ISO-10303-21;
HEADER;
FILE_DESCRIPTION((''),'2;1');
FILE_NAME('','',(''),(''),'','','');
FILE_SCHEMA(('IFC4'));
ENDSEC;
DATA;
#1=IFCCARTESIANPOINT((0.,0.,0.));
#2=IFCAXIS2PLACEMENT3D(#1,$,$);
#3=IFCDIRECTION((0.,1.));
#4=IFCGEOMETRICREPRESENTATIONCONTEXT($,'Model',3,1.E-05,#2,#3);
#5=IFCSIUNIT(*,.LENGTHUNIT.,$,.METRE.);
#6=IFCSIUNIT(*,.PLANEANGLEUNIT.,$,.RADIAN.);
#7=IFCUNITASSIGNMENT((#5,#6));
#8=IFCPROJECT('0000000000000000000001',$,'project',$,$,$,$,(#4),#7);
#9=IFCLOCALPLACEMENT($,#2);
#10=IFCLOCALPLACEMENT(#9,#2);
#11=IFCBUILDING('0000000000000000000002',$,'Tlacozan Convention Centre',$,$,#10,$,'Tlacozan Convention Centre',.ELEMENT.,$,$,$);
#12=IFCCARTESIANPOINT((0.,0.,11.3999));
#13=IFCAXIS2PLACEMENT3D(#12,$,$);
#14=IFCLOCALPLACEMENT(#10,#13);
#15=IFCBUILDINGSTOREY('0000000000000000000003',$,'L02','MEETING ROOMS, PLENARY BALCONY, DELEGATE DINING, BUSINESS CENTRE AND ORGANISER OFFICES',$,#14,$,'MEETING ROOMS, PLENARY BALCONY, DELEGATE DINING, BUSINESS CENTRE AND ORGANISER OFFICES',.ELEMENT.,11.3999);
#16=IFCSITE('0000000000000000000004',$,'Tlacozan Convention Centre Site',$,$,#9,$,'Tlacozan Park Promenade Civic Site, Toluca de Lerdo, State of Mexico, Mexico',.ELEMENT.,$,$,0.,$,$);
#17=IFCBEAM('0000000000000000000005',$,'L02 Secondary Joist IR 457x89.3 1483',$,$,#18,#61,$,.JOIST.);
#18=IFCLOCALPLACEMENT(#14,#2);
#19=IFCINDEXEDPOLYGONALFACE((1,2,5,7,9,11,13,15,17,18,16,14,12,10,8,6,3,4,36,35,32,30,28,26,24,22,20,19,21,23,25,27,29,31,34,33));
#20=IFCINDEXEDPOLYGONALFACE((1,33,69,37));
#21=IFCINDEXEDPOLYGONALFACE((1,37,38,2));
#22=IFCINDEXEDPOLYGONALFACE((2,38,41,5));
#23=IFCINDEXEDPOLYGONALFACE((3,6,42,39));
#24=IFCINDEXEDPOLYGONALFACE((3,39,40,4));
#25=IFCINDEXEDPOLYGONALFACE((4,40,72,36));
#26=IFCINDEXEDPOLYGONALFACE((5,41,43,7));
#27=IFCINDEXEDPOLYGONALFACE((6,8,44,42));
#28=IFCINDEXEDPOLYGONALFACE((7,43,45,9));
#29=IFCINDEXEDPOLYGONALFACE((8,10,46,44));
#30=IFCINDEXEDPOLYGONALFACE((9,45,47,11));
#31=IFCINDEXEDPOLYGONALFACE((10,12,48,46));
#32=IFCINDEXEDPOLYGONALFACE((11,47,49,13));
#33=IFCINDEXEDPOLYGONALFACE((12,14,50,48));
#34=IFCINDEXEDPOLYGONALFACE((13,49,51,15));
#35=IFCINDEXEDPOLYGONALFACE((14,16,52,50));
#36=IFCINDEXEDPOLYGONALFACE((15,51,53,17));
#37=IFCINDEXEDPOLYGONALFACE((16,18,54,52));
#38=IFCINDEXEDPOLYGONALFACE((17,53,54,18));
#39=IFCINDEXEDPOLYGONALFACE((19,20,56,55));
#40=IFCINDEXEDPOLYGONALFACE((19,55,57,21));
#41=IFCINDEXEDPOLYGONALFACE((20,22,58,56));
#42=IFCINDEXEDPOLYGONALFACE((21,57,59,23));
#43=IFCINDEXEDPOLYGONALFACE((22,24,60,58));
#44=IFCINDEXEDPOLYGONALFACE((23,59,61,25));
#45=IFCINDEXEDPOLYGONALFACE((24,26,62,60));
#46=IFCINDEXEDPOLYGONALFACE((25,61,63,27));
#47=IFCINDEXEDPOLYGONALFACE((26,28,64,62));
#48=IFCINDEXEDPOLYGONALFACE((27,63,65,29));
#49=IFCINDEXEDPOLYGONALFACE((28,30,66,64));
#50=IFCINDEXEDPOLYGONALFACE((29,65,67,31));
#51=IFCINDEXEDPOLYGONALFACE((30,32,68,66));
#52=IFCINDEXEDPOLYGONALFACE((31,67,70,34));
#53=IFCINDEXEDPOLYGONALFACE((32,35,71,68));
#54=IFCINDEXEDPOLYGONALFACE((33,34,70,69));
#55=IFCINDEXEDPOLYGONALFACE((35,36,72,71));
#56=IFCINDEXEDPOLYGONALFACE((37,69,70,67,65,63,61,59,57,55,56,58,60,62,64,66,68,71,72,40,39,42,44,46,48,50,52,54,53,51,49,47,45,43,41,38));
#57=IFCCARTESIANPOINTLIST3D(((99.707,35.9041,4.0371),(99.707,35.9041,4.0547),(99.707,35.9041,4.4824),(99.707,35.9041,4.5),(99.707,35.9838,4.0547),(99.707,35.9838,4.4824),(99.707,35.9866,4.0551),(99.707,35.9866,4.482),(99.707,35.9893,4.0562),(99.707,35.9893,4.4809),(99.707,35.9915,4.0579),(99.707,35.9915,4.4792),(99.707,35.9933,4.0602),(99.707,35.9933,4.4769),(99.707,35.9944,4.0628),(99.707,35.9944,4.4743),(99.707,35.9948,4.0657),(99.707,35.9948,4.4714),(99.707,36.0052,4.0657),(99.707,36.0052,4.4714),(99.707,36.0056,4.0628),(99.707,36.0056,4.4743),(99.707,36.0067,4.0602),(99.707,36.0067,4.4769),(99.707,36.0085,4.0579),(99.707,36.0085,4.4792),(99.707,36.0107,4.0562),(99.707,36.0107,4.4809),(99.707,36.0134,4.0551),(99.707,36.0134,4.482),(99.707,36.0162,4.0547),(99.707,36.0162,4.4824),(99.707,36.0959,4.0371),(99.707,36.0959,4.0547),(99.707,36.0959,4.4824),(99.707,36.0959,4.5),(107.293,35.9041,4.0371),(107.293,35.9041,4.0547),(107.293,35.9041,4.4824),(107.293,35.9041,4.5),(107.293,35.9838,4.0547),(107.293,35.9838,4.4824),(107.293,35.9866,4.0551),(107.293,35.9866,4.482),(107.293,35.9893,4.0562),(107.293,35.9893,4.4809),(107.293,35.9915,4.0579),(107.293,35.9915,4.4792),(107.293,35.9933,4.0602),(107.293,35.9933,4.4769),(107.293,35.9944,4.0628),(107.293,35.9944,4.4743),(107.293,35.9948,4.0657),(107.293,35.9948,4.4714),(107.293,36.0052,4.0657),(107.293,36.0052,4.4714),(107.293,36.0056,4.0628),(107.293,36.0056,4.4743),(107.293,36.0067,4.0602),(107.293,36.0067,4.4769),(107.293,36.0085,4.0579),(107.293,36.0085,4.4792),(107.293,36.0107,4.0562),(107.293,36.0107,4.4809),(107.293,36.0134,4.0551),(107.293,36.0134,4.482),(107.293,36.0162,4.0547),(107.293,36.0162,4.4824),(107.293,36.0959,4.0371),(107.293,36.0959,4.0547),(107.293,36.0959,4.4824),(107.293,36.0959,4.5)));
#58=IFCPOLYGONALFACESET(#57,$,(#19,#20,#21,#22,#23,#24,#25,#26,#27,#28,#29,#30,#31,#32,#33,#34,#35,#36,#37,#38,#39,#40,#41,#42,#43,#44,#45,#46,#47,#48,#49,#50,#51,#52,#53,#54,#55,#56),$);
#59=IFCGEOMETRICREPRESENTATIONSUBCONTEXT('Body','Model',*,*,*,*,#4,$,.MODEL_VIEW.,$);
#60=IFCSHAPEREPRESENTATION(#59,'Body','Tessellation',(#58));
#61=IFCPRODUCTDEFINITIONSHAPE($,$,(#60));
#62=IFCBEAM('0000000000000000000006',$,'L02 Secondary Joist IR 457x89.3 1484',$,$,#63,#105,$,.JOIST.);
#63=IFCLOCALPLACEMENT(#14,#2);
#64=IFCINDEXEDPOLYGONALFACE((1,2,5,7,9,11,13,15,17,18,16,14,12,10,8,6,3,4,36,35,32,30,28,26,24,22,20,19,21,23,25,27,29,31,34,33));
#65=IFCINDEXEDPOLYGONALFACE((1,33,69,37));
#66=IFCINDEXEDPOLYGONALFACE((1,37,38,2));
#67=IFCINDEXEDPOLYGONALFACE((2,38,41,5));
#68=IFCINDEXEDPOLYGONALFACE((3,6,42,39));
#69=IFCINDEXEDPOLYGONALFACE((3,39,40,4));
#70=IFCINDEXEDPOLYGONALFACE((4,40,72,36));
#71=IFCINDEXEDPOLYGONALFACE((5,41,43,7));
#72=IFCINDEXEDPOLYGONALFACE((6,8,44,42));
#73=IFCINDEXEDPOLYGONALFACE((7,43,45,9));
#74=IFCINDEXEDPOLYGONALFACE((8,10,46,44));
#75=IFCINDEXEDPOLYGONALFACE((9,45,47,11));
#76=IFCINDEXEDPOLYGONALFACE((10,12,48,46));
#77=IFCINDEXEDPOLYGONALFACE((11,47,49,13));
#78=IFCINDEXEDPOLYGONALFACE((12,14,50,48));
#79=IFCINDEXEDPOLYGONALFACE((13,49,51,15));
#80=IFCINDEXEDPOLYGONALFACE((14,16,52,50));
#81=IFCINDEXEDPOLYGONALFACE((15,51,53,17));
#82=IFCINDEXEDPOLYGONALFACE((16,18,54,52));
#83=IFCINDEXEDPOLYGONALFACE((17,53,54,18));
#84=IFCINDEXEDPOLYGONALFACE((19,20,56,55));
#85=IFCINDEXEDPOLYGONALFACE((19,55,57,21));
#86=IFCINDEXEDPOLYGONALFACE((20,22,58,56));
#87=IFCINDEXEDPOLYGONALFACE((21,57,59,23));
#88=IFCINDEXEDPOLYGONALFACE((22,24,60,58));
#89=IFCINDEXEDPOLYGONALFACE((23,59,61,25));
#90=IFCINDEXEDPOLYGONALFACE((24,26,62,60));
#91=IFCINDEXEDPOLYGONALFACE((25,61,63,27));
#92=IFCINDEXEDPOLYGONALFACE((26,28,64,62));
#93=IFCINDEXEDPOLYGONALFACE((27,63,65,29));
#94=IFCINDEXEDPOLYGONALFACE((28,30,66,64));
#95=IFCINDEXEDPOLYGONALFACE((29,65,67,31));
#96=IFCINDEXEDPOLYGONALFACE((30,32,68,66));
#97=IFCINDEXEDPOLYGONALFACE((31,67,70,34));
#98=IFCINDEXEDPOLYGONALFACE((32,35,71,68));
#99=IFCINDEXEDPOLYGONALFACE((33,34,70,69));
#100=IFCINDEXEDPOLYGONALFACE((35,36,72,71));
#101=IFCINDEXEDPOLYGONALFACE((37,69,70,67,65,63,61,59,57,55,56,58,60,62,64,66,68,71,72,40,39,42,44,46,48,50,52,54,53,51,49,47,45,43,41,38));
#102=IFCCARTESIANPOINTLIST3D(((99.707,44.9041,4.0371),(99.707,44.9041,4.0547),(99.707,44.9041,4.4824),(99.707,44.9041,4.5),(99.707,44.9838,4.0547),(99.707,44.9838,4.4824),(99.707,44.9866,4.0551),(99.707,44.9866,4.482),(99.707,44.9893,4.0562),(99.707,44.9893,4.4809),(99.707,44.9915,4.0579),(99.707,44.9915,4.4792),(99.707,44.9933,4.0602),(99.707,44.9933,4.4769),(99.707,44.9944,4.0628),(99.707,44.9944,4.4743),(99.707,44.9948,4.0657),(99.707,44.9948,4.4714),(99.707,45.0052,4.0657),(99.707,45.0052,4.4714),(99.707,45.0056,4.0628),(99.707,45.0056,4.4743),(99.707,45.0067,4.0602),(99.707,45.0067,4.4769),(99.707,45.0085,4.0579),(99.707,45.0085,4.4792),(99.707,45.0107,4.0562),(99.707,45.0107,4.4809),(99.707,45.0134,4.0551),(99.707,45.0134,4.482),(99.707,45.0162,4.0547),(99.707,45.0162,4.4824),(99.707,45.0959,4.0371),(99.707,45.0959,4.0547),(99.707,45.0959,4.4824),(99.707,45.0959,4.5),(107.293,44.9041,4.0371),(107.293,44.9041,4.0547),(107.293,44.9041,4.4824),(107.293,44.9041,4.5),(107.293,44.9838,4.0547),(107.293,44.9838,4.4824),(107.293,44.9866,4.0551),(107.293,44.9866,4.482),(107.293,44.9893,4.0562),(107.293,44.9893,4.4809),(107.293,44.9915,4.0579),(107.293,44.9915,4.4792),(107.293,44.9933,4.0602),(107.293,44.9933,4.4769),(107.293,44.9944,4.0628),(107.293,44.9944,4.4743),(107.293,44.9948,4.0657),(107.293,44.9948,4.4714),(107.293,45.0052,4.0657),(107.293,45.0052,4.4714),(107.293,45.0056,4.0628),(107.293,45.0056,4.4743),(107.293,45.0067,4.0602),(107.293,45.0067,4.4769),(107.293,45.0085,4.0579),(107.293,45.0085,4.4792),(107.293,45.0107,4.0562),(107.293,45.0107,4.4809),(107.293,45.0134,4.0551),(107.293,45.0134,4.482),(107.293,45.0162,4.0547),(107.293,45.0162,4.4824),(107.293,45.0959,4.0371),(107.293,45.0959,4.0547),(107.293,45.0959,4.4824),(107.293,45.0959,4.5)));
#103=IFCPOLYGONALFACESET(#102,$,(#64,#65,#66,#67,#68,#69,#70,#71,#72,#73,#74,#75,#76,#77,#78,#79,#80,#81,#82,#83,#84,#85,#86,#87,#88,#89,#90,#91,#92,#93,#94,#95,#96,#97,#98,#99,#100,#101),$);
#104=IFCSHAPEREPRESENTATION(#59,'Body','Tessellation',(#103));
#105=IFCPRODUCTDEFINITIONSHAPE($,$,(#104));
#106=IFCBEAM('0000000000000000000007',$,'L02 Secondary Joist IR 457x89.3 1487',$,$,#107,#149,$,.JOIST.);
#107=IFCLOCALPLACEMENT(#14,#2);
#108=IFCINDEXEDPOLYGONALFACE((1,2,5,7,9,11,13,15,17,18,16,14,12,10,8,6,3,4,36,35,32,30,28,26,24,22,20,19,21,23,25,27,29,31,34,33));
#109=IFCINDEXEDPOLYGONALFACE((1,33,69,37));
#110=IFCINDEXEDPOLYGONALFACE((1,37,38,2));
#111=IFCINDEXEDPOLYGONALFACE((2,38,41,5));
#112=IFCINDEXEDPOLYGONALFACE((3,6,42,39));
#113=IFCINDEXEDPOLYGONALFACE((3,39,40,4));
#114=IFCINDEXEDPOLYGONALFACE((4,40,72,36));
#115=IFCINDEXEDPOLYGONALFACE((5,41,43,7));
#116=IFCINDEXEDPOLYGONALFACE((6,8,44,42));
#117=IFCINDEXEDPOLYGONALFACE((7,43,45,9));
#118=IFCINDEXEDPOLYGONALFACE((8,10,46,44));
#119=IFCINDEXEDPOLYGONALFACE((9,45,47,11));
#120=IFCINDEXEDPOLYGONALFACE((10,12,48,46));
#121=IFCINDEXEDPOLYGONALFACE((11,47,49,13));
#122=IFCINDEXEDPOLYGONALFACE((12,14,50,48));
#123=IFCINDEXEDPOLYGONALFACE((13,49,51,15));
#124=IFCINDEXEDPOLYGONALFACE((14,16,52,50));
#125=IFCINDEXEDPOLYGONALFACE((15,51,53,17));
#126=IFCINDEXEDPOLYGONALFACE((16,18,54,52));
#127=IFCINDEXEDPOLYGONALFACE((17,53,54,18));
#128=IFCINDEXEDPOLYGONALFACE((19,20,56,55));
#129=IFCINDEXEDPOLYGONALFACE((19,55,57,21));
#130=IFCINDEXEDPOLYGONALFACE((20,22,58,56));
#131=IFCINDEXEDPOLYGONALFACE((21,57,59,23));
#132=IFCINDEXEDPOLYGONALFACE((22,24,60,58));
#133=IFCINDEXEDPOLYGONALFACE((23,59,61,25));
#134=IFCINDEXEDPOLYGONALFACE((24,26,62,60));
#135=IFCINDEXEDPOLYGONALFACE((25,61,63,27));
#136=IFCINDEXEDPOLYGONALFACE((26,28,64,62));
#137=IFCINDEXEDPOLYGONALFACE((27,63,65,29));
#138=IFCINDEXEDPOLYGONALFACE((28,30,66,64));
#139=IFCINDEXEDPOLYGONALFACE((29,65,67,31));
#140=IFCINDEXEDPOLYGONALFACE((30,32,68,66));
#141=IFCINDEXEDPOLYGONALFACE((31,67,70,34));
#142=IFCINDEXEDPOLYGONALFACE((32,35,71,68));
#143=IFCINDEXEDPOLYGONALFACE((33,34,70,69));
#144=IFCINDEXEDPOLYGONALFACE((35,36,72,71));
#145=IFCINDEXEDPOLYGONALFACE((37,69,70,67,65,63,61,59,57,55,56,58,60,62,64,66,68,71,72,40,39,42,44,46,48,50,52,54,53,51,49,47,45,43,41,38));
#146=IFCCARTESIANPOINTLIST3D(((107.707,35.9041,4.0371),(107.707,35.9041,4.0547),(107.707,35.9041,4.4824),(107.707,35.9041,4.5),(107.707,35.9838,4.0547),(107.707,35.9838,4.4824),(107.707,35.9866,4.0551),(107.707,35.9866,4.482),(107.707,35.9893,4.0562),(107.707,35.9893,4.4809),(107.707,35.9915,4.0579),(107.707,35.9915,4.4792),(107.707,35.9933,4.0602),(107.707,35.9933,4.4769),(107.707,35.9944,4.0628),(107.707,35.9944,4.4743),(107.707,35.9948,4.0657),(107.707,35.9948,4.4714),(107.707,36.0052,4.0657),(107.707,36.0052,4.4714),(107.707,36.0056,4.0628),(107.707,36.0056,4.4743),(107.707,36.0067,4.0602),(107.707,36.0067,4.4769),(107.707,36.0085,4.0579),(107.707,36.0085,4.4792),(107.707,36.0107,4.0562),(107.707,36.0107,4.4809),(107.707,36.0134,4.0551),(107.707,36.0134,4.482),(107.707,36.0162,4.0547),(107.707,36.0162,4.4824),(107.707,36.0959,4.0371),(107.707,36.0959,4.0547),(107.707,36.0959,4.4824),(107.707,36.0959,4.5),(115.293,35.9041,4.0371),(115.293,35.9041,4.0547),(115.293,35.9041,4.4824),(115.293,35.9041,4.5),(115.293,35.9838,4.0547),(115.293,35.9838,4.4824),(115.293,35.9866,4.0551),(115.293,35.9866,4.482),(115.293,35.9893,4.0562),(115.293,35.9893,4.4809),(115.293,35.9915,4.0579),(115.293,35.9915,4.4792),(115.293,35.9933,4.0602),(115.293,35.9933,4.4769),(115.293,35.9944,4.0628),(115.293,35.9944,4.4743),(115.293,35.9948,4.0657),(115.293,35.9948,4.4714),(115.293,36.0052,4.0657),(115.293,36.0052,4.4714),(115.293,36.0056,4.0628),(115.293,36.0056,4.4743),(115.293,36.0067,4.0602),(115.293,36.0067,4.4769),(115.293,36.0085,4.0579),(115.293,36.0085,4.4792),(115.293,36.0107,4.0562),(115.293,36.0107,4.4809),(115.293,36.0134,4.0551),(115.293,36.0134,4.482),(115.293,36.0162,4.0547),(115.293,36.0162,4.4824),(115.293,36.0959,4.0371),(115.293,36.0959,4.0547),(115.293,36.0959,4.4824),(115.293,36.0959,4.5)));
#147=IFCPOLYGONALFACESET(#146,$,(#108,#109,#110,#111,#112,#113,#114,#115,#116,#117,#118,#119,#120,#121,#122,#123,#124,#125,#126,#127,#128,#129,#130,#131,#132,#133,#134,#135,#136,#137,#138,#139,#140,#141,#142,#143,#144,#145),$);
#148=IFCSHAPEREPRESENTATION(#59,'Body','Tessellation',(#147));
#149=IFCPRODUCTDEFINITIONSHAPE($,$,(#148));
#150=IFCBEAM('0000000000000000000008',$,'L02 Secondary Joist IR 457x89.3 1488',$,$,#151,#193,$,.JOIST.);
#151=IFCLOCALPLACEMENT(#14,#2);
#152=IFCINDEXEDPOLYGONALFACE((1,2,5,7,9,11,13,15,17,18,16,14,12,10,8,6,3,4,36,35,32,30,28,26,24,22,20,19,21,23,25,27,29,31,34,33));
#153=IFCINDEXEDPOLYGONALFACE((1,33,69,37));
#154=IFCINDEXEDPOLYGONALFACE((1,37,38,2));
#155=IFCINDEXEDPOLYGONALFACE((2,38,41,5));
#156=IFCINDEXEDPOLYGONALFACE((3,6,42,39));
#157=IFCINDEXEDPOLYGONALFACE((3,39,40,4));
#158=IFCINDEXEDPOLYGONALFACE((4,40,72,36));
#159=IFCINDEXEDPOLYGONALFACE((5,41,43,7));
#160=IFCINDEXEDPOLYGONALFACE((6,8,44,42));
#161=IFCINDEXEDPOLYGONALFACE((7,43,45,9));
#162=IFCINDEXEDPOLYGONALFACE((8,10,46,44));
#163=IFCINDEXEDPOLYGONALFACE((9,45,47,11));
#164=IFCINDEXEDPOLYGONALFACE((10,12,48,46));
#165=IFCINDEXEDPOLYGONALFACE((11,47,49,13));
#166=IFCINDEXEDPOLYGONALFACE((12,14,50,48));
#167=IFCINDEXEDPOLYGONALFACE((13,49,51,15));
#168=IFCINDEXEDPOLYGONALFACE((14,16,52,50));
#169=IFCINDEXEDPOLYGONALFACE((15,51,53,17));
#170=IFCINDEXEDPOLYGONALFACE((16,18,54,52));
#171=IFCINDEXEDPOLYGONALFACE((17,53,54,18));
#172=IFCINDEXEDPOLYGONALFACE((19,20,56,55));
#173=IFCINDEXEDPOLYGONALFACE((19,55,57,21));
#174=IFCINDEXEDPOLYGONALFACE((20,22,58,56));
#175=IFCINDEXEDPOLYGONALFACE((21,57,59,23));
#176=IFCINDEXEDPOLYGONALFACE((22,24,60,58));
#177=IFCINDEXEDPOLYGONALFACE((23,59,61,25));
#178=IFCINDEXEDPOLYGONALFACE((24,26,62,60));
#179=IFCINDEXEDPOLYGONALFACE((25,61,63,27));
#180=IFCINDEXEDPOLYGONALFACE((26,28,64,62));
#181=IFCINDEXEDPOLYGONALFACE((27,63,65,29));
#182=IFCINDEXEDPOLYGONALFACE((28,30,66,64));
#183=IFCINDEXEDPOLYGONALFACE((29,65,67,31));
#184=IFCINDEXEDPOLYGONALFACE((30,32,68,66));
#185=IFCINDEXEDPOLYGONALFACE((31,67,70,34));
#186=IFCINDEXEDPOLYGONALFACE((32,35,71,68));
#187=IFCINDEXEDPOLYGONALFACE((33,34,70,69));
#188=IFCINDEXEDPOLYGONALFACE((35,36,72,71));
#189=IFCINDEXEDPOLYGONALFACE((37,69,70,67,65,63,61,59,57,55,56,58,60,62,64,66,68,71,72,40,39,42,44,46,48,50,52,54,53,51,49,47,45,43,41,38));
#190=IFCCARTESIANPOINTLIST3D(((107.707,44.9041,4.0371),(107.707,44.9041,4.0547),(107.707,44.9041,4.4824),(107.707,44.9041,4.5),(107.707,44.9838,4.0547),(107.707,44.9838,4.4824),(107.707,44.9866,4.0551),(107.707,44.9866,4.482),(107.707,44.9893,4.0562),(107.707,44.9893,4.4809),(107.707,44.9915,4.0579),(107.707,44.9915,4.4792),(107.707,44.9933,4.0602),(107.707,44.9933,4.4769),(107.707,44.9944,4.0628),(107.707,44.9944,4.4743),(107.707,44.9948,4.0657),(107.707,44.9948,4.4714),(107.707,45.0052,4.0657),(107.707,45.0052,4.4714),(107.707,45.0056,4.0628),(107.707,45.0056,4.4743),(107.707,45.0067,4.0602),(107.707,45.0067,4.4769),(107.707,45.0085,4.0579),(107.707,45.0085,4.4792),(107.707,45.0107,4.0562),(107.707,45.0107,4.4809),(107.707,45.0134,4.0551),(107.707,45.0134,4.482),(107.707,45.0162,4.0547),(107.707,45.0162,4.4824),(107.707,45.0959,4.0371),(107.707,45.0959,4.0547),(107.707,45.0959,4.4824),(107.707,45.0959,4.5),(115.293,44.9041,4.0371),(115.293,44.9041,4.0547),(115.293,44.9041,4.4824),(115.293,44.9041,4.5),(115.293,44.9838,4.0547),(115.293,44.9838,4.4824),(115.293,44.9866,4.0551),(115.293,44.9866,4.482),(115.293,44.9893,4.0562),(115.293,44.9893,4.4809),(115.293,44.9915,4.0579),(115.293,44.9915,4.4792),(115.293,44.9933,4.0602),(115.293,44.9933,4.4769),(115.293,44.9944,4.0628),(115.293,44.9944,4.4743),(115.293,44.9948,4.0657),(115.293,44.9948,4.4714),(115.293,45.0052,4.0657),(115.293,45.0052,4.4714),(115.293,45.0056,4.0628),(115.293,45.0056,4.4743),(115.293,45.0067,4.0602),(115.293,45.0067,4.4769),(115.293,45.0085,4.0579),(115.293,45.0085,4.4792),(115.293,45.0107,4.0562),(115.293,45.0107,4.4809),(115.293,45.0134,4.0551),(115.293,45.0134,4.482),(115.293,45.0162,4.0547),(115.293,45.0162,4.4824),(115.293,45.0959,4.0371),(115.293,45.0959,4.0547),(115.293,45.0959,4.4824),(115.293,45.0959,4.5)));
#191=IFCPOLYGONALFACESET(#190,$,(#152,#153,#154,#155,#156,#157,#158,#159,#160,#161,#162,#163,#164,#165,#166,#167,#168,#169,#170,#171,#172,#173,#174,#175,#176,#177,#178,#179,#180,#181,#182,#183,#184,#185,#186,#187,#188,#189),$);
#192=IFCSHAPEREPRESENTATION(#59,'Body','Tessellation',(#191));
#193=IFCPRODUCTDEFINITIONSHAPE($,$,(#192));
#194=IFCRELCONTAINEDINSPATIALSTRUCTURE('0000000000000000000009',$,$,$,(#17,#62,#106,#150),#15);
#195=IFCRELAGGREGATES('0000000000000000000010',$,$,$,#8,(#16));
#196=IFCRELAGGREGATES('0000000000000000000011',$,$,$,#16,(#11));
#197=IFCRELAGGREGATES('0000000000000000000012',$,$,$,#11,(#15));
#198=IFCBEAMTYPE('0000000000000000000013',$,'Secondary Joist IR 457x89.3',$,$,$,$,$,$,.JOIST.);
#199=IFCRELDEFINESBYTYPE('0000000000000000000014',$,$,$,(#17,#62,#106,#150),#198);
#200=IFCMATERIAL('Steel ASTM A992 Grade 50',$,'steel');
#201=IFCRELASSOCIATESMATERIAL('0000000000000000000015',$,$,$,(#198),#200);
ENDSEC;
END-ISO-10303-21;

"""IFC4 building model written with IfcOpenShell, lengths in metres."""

from ifc_helpers import new_model, si_unit, direction, frame, origin, origin_2d, place, context, subcontext, project, spatial, i_section, extrude, material, material_profile, profile_set, type_object, element, save


model = new_model("IFC4")

# Units and contexts
model_context = context("Model", 3, precision=1e-05, world=origin(), true_north=direction((0.0, 1.0)))
body_context = subcontext(model_context, "Body", "Model", "MODEL_VIEW")
ifc_project = project(units=[si_unit("LENGTHUNIT", "METRE"), si_unit("PLANEANGLEUNIT", "RADIAN")], contexts=[model_context])

# Site, building, storey
site_placement = place(None, origin())
site = spatial("IfcSite", under=ifc_project, at=site_placement, Name="Tlacozan Convention Centre Site", LongName="Tlacozan Park Promenade Civic Site, Toluca de Lerdo, State of Mexico, Mexico", CompositionType="ELEMENT", RefElevation=0.0)
building_placement = place(site_placement, origin())
building = spatial("IfcBuilding", under=site, at=building_placement, Name="Tlacozan Convention Centre", LongName="Tlacozan Convention Centre", CompositionType="ELEMENT")
storey_placement = place(building_placement, frame((0.0, 0.0, 11.3999)))
storey = spatial("IfcBuildingStorey", under=building, at=storey_placement, Name="L02", Description="MEETING ROOMS, PLENARY BALCONY, DELEGATE DINING, BUSINESS CENTRE AND ORGANISER OFFICES", LongName="MEETING ROOMS, PLENARY BALCONY, DELEGATE DINING, BUSINESS CENTRE AND ORGANISER OFFICES", CompositionType="ELEMENT", Elevation=11.3999)

# Shared definitions
ifc_material_1 = material(Name="Steel ASTM A992 Grade 50", Category="steel")

# Beams
ifc_material_profile_1 = material_profile(ifc_material_1, i_section(OverallWidth=0.1919, OverallDepth=0.4629, WebThickness=0.0105, FlangeThickness=0.0176, FilletRadius=0.011, at=origin_2d()), Name="IR 457x89.3")
ifc_profile_set_1 = profile_set([ifc_material_profile_1], Name="Steel ASTM A992 Grade 50")
beam_type_1 = type_object("IfcBeamType", Name="Secondary Joist IR 457x89.3", PredefinedType="JOIST", material=ifc_profile_set_1)
for number, where, z_axis, x_axis, name in (
    (1, (99.707, 36.0, 4.2686), (1.0, 0.0, 0.0), (0.0, 1.0, 0.0), "L02 Secondary Joist IR 457x89.3 1483"),
    (2, (99.707, 45.0, 4.2686), (1.0, 0.0, 0.0), (0.0, 1.0, 0.0), "L02 Secondary Joist IR 457x89.3 1484"),
    (3, (107.707, 36.0, 4.2686), (1.0, 0.0, 0.0), (0.0, 1.0, 0.0), "L02 Secondary Joist IR 457x89.3 1487"),
    (4, (107.707, 45.0, 4.2686), (1.0, 0.0, 0.0), (0.0, 1.0, 0.0), "L02 Secondary Joist IR 457x89.3 1488"),
):
    element("IfcBeam", number, at=place(storey_placement, frame(where, z_axis=z_axis, x_axis=x_axis)), inside=storey, type_object=beam_type_1, Name=name, PredefinedType="JOIST", context=body_context, shape_type="SweptSolid", body=[
        extrude(i_section(OverallWidth=0.1919, OverallDepth=0.4629, WebThickness=0.0105, FlangeThickness=0.0176, FilletRadius=0.011, at=origin_2d()), origin(), (0.0, 0.0, 1.0), 7.5859),
    ])

save(model, "model.ifc")
